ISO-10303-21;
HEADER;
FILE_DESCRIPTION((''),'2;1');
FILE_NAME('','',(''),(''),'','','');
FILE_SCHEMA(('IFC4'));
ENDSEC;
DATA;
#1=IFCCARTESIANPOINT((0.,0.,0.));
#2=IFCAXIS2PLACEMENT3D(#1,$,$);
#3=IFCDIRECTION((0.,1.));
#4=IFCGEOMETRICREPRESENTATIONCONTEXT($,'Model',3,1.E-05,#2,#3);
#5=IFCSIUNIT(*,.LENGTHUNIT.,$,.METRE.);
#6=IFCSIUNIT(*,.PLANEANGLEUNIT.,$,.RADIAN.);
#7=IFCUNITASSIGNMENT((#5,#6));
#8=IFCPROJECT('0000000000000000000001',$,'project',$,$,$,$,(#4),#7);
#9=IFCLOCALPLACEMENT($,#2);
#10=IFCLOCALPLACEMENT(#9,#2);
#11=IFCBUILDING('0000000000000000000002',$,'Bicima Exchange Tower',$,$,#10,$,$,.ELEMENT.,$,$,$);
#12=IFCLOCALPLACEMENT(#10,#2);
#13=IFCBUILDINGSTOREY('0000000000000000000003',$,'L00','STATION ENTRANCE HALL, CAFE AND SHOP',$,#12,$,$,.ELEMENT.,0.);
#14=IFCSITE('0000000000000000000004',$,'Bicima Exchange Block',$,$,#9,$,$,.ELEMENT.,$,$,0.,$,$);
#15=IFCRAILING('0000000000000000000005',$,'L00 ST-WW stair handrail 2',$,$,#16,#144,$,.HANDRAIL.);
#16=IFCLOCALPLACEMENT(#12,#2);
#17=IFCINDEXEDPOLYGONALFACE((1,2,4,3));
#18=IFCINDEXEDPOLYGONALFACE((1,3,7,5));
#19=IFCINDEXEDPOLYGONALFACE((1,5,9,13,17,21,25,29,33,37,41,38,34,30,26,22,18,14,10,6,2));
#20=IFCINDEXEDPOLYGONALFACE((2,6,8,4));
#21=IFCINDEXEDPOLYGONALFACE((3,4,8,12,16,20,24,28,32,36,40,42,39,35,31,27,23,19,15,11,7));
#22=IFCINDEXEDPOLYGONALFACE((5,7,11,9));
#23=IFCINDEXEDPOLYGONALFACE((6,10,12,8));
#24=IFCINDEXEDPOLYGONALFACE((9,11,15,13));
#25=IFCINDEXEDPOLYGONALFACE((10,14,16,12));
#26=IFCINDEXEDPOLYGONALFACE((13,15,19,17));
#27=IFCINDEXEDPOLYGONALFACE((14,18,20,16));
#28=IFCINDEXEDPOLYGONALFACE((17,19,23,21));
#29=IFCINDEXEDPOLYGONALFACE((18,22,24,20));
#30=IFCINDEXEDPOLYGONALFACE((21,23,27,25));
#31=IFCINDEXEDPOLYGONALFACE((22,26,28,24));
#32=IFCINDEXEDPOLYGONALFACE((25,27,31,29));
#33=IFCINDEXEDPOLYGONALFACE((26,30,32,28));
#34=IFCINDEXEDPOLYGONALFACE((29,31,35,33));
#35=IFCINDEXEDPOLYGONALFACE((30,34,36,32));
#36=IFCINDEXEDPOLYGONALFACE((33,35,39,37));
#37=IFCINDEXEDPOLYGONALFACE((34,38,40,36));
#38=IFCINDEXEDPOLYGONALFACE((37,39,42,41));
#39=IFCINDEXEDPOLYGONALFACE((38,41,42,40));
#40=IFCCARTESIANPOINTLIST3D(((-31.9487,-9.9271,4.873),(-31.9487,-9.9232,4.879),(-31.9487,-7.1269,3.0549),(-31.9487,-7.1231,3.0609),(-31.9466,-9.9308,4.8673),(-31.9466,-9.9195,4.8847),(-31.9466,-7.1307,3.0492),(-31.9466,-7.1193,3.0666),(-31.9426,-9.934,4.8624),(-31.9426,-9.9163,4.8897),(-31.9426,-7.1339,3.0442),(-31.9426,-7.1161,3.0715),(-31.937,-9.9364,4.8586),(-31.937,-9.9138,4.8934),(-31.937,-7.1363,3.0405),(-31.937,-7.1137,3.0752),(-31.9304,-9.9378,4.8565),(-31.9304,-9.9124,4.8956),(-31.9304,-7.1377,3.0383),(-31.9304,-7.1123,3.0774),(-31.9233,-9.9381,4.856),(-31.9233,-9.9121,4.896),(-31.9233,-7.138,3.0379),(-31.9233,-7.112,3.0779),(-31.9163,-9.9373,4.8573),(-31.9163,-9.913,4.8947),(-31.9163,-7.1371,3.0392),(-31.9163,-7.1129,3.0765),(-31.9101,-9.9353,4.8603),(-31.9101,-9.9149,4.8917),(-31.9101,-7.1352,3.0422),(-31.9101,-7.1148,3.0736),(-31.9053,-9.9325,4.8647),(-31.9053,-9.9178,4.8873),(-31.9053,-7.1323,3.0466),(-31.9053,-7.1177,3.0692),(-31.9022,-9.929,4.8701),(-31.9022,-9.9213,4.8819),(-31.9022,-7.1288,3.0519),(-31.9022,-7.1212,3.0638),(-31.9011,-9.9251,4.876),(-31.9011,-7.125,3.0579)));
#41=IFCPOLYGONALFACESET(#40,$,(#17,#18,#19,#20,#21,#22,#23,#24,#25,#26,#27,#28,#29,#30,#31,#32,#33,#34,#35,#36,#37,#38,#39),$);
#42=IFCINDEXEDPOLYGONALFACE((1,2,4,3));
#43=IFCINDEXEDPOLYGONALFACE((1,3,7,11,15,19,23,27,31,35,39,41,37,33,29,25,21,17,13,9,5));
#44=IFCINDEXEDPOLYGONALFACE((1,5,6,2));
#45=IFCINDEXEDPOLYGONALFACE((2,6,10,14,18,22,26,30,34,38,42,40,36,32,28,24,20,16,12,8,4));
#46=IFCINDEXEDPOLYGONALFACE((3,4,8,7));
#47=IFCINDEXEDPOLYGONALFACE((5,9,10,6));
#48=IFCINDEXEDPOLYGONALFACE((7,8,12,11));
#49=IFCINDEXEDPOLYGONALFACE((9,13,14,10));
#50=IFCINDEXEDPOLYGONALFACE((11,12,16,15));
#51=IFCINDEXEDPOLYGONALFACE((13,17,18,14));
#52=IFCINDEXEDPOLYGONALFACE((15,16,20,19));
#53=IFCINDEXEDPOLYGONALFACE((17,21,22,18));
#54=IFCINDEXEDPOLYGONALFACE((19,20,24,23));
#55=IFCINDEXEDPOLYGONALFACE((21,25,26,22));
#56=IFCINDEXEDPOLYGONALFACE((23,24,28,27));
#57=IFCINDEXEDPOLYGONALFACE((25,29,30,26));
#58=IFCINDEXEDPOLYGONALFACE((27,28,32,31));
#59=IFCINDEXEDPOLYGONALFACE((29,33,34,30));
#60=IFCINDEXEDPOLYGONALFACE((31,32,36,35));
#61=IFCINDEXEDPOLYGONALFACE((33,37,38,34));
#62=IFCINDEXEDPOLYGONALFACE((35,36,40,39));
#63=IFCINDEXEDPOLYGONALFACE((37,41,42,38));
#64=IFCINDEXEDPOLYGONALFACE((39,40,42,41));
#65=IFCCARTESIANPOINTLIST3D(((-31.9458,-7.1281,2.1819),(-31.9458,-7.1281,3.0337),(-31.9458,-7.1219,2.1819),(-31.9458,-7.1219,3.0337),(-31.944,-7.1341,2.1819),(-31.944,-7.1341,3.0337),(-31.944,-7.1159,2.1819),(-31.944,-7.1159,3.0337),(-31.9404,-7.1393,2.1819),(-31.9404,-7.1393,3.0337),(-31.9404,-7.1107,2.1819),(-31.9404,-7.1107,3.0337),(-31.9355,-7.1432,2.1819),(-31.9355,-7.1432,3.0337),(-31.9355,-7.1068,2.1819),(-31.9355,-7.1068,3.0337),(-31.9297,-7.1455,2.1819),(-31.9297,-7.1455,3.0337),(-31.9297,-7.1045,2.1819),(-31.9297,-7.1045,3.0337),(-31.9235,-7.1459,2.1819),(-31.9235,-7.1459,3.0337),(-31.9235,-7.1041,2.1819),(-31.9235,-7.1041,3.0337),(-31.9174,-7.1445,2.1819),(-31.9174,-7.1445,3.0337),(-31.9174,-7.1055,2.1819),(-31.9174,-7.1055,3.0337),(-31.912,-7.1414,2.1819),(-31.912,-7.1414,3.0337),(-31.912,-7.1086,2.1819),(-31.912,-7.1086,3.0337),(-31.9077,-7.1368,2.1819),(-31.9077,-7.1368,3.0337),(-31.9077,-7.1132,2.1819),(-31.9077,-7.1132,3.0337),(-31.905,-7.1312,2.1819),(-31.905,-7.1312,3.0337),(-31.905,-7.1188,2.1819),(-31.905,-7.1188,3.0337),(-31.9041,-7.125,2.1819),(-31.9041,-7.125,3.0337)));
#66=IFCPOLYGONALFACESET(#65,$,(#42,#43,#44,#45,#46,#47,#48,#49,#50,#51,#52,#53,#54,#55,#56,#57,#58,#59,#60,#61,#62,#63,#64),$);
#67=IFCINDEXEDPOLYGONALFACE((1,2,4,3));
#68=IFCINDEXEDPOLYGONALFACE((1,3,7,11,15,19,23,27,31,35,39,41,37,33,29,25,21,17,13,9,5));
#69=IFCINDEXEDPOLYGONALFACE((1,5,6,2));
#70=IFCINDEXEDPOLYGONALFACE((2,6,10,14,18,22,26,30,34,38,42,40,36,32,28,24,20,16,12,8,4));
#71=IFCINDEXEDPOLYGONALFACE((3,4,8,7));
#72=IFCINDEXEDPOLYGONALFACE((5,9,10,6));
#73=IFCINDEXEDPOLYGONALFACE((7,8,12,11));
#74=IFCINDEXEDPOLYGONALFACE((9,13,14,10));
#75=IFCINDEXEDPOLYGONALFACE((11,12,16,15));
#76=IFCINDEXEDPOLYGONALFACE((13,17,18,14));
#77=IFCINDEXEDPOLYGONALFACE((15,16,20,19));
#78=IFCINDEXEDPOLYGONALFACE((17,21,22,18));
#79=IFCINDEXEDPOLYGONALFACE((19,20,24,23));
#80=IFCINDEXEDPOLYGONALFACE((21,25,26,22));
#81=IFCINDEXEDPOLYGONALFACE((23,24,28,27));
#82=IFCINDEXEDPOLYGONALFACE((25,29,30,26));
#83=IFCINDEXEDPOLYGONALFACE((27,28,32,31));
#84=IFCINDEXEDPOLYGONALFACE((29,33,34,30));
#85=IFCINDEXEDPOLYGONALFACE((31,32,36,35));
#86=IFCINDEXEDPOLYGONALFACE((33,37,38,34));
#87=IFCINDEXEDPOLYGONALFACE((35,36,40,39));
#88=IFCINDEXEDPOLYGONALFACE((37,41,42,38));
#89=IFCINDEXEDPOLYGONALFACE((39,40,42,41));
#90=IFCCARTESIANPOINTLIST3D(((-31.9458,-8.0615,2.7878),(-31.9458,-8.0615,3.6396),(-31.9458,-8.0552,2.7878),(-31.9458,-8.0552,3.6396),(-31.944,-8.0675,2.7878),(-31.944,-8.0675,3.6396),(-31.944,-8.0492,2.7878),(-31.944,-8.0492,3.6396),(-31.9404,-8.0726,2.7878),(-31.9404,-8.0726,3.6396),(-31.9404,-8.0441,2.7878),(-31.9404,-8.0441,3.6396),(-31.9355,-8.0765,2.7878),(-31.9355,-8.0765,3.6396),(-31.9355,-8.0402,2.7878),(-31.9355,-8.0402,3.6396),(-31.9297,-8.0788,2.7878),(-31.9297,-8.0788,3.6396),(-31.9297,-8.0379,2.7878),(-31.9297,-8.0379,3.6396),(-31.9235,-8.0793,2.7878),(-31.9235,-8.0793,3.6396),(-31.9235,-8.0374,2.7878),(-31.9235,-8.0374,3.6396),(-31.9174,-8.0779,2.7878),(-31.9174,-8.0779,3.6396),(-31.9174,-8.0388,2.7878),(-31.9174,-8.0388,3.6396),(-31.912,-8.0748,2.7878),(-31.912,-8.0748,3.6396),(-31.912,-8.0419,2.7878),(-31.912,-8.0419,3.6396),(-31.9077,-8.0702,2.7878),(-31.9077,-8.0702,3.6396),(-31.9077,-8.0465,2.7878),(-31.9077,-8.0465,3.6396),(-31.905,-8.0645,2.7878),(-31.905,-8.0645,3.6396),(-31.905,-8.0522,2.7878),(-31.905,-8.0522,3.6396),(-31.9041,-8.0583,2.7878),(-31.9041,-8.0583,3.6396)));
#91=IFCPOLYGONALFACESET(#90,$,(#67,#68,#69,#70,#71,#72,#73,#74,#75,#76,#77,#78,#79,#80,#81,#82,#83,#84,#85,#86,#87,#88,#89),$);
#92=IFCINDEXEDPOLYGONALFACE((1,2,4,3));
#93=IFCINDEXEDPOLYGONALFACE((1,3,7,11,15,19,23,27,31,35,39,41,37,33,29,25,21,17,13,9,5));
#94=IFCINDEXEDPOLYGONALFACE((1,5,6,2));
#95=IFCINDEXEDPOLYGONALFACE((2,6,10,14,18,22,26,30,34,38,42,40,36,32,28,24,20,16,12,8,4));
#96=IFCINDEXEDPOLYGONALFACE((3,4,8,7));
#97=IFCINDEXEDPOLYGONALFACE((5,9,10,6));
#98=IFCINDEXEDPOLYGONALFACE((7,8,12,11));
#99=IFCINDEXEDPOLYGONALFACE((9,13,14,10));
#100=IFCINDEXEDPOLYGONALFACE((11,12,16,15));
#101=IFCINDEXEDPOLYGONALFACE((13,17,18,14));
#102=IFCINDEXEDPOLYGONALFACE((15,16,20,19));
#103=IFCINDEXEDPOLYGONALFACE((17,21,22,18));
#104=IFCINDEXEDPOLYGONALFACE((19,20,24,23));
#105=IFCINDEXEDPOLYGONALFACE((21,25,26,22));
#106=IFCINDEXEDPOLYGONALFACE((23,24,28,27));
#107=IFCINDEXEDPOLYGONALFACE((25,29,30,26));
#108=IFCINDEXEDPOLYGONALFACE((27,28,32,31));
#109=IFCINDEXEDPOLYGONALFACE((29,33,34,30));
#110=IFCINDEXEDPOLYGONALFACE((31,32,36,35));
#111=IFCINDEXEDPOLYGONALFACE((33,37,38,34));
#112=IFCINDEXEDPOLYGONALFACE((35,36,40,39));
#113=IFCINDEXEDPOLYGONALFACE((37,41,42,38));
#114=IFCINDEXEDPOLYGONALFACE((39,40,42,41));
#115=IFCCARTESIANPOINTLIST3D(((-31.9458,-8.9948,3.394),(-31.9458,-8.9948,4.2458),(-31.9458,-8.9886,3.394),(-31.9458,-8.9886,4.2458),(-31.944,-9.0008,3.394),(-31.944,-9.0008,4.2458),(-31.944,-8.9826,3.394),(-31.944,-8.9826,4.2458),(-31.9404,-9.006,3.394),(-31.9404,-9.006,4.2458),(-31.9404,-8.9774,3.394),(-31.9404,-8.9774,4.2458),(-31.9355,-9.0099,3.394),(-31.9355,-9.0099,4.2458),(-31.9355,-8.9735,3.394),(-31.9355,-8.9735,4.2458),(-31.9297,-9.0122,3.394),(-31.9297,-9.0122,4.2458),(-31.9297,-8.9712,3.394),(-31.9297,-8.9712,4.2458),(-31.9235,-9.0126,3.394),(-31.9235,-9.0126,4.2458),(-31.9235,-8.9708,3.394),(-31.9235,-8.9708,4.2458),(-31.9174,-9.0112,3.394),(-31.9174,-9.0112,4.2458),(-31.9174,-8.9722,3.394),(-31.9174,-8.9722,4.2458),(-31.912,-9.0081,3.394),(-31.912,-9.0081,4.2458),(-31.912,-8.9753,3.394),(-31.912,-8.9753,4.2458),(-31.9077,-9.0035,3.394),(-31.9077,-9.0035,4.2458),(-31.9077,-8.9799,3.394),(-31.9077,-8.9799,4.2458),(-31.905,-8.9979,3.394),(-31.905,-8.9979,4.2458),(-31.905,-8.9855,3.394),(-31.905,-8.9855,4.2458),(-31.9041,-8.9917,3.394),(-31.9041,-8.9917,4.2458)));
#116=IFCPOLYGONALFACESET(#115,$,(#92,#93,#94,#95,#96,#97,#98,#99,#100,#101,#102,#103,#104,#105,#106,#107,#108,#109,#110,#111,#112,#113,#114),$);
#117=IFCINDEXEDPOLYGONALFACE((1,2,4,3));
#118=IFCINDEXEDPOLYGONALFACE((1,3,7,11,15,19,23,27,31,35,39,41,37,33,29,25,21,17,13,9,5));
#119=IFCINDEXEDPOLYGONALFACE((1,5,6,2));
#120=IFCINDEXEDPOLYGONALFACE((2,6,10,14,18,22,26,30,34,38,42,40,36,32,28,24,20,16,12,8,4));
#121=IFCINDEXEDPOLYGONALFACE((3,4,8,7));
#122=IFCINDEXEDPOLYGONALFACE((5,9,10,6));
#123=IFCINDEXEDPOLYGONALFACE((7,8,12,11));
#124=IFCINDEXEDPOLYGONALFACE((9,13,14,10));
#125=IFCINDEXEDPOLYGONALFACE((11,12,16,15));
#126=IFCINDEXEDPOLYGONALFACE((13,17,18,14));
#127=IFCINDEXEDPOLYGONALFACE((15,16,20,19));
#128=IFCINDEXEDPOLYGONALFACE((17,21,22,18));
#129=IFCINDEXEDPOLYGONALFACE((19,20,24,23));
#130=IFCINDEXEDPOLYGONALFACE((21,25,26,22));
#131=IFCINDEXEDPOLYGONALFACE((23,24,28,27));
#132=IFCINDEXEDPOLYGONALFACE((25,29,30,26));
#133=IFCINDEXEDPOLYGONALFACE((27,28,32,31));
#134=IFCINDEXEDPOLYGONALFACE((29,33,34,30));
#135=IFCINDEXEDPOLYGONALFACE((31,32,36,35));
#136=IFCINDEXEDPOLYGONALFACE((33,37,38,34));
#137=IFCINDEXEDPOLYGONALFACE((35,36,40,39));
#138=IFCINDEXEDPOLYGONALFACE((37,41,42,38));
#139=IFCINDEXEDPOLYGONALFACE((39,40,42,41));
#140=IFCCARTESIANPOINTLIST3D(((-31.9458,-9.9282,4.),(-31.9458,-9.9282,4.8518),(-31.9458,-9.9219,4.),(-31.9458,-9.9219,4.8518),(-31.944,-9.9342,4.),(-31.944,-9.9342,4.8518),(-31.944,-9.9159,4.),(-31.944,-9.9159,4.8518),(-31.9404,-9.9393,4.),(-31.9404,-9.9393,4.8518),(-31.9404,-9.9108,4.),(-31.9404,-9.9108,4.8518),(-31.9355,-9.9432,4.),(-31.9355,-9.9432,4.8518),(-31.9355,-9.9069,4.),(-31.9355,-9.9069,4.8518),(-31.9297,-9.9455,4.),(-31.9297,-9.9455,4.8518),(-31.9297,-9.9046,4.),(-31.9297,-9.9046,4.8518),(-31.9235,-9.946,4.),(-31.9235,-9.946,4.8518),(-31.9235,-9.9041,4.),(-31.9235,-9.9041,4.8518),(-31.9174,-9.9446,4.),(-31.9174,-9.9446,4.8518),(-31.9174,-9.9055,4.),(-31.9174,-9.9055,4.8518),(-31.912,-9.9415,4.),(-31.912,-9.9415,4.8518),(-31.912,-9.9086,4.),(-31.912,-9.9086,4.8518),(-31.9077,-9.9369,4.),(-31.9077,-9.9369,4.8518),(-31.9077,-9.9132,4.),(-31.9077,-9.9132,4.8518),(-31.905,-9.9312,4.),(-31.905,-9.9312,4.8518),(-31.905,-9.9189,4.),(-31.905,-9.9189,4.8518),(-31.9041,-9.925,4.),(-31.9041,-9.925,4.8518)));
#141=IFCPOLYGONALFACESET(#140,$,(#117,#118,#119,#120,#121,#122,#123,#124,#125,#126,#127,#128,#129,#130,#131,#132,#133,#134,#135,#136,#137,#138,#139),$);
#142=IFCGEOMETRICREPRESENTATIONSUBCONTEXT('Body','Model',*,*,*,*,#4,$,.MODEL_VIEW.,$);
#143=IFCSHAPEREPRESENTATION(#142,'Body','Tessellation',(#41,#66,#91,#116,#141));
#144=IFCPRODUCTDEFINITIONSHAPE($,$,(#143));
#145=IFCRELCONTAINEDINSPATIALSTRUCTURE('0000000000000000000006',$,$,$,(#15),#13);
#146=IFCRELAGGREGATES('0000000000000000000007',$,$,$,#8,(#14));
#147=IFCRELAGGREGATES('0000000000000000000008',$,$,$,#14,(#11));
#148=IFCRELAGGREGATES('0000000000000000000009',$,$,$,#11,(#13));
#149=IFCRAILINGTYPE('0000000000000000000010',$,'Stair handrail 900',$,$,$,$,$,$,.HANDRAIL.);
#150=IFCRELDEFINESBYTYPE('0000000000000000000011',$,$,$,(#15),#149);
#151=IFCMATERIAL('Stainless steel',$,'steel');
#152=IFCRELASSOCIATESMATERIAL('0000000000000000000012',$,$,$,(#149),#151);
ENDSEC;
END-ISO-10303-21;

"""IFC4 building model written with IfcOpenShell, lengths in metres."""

from ifc_helpers import new_model, si_unit, direction, frame, origin, origin_2d, place, context, subcontext, project, spatial, circle, extrude, material, type_object, element, save


model = new_model("IFC4")

# Units and contexts
model_context = context("Model", 3, precision=1e-05, world=origin(), true_north=direction((0.0, 1.0)))
body_context = subcontext(model_context, "Body", "Model", "MODEL_VIEW")
ifc_project = project(units=[si_unit("LENGTHUNIT", "METRE"), si_unit("PLANEANGLEUNIT", "RADIAN")], contexts=[model_context])

# Site, building, storey
site_placement = place(None, origin())
site = spatial("IfcSite", under=ifc_project, at=site_placement, Name="Bicima Exchange Block", CompositionType="ELEMENT", RefElevation=0.0)
building_placement = place(site_placement, origin())
building = spatial("IfcBuilding", under=site, at=building_placement, Name="Bicima Exchange Tower", CompositionType="ELEMENT")
storey_placement = place(building_placement, origin())
storey = spatial("IfcBuildingStorey", under=building, at=storey_placement, Name="L00", Description="STATION ENTRANCE HALL, CAFE AND SHOP", CompositionType="ELEMENT", Elevation=0.0)

# Railing
ifc_material_1 = material(Name="Stainless steel", Category="steel")
railing_type_1 = type_object("IfcRailingType", Name="Stair handrail 900", PredefinedType="HANDRAIL", material=ifc_material_1)
railing_1_placement = place(storey_placement, frame((-31.925, -7.125, 2.1819)))
element("IfcRailing", 1, at=railing_1_placement, inside=storey, type_object=railing_type_1, Name="L00 ST-WW stair handrail 2", PredefinedType="HANDRAIL", context=body_context, shape_type="SweptSolid", body=[
    extrude(circle(Radius=0.0239, at=origin_2d()), frame((0.0, 0.0, 0.876), z_axis=(0.0, -0.838706, 0.544585), x_axis=(1.0, 0.0, 0.0)), (0.0, 0.0, 1.0), 3.3386),
    extrude(circle(Radius=0.021, at=origin_2d()), origin(), (0.0, 0.0, 1.0), 0.8518),
    extrude(circle(Radius=0.021, at=origin_2d()), frame((0.0, -0.9333, 0.606)), (0.0, 0.0, 1.0), 0.8518),
    extrude(circle(Radius=0.021, at=origin_2d()), frame((0.0, -1.8667, 1.2122)), (0.0, 0.0, 1.0), 0.8518),
    extrude(circle(Radius=0.021, at=origin_2d()), frame((0.0, -2.8, 1.8181)), (0.0, 0.0, 1.0), 0.8518),
])

save(model, "model.ifc")
